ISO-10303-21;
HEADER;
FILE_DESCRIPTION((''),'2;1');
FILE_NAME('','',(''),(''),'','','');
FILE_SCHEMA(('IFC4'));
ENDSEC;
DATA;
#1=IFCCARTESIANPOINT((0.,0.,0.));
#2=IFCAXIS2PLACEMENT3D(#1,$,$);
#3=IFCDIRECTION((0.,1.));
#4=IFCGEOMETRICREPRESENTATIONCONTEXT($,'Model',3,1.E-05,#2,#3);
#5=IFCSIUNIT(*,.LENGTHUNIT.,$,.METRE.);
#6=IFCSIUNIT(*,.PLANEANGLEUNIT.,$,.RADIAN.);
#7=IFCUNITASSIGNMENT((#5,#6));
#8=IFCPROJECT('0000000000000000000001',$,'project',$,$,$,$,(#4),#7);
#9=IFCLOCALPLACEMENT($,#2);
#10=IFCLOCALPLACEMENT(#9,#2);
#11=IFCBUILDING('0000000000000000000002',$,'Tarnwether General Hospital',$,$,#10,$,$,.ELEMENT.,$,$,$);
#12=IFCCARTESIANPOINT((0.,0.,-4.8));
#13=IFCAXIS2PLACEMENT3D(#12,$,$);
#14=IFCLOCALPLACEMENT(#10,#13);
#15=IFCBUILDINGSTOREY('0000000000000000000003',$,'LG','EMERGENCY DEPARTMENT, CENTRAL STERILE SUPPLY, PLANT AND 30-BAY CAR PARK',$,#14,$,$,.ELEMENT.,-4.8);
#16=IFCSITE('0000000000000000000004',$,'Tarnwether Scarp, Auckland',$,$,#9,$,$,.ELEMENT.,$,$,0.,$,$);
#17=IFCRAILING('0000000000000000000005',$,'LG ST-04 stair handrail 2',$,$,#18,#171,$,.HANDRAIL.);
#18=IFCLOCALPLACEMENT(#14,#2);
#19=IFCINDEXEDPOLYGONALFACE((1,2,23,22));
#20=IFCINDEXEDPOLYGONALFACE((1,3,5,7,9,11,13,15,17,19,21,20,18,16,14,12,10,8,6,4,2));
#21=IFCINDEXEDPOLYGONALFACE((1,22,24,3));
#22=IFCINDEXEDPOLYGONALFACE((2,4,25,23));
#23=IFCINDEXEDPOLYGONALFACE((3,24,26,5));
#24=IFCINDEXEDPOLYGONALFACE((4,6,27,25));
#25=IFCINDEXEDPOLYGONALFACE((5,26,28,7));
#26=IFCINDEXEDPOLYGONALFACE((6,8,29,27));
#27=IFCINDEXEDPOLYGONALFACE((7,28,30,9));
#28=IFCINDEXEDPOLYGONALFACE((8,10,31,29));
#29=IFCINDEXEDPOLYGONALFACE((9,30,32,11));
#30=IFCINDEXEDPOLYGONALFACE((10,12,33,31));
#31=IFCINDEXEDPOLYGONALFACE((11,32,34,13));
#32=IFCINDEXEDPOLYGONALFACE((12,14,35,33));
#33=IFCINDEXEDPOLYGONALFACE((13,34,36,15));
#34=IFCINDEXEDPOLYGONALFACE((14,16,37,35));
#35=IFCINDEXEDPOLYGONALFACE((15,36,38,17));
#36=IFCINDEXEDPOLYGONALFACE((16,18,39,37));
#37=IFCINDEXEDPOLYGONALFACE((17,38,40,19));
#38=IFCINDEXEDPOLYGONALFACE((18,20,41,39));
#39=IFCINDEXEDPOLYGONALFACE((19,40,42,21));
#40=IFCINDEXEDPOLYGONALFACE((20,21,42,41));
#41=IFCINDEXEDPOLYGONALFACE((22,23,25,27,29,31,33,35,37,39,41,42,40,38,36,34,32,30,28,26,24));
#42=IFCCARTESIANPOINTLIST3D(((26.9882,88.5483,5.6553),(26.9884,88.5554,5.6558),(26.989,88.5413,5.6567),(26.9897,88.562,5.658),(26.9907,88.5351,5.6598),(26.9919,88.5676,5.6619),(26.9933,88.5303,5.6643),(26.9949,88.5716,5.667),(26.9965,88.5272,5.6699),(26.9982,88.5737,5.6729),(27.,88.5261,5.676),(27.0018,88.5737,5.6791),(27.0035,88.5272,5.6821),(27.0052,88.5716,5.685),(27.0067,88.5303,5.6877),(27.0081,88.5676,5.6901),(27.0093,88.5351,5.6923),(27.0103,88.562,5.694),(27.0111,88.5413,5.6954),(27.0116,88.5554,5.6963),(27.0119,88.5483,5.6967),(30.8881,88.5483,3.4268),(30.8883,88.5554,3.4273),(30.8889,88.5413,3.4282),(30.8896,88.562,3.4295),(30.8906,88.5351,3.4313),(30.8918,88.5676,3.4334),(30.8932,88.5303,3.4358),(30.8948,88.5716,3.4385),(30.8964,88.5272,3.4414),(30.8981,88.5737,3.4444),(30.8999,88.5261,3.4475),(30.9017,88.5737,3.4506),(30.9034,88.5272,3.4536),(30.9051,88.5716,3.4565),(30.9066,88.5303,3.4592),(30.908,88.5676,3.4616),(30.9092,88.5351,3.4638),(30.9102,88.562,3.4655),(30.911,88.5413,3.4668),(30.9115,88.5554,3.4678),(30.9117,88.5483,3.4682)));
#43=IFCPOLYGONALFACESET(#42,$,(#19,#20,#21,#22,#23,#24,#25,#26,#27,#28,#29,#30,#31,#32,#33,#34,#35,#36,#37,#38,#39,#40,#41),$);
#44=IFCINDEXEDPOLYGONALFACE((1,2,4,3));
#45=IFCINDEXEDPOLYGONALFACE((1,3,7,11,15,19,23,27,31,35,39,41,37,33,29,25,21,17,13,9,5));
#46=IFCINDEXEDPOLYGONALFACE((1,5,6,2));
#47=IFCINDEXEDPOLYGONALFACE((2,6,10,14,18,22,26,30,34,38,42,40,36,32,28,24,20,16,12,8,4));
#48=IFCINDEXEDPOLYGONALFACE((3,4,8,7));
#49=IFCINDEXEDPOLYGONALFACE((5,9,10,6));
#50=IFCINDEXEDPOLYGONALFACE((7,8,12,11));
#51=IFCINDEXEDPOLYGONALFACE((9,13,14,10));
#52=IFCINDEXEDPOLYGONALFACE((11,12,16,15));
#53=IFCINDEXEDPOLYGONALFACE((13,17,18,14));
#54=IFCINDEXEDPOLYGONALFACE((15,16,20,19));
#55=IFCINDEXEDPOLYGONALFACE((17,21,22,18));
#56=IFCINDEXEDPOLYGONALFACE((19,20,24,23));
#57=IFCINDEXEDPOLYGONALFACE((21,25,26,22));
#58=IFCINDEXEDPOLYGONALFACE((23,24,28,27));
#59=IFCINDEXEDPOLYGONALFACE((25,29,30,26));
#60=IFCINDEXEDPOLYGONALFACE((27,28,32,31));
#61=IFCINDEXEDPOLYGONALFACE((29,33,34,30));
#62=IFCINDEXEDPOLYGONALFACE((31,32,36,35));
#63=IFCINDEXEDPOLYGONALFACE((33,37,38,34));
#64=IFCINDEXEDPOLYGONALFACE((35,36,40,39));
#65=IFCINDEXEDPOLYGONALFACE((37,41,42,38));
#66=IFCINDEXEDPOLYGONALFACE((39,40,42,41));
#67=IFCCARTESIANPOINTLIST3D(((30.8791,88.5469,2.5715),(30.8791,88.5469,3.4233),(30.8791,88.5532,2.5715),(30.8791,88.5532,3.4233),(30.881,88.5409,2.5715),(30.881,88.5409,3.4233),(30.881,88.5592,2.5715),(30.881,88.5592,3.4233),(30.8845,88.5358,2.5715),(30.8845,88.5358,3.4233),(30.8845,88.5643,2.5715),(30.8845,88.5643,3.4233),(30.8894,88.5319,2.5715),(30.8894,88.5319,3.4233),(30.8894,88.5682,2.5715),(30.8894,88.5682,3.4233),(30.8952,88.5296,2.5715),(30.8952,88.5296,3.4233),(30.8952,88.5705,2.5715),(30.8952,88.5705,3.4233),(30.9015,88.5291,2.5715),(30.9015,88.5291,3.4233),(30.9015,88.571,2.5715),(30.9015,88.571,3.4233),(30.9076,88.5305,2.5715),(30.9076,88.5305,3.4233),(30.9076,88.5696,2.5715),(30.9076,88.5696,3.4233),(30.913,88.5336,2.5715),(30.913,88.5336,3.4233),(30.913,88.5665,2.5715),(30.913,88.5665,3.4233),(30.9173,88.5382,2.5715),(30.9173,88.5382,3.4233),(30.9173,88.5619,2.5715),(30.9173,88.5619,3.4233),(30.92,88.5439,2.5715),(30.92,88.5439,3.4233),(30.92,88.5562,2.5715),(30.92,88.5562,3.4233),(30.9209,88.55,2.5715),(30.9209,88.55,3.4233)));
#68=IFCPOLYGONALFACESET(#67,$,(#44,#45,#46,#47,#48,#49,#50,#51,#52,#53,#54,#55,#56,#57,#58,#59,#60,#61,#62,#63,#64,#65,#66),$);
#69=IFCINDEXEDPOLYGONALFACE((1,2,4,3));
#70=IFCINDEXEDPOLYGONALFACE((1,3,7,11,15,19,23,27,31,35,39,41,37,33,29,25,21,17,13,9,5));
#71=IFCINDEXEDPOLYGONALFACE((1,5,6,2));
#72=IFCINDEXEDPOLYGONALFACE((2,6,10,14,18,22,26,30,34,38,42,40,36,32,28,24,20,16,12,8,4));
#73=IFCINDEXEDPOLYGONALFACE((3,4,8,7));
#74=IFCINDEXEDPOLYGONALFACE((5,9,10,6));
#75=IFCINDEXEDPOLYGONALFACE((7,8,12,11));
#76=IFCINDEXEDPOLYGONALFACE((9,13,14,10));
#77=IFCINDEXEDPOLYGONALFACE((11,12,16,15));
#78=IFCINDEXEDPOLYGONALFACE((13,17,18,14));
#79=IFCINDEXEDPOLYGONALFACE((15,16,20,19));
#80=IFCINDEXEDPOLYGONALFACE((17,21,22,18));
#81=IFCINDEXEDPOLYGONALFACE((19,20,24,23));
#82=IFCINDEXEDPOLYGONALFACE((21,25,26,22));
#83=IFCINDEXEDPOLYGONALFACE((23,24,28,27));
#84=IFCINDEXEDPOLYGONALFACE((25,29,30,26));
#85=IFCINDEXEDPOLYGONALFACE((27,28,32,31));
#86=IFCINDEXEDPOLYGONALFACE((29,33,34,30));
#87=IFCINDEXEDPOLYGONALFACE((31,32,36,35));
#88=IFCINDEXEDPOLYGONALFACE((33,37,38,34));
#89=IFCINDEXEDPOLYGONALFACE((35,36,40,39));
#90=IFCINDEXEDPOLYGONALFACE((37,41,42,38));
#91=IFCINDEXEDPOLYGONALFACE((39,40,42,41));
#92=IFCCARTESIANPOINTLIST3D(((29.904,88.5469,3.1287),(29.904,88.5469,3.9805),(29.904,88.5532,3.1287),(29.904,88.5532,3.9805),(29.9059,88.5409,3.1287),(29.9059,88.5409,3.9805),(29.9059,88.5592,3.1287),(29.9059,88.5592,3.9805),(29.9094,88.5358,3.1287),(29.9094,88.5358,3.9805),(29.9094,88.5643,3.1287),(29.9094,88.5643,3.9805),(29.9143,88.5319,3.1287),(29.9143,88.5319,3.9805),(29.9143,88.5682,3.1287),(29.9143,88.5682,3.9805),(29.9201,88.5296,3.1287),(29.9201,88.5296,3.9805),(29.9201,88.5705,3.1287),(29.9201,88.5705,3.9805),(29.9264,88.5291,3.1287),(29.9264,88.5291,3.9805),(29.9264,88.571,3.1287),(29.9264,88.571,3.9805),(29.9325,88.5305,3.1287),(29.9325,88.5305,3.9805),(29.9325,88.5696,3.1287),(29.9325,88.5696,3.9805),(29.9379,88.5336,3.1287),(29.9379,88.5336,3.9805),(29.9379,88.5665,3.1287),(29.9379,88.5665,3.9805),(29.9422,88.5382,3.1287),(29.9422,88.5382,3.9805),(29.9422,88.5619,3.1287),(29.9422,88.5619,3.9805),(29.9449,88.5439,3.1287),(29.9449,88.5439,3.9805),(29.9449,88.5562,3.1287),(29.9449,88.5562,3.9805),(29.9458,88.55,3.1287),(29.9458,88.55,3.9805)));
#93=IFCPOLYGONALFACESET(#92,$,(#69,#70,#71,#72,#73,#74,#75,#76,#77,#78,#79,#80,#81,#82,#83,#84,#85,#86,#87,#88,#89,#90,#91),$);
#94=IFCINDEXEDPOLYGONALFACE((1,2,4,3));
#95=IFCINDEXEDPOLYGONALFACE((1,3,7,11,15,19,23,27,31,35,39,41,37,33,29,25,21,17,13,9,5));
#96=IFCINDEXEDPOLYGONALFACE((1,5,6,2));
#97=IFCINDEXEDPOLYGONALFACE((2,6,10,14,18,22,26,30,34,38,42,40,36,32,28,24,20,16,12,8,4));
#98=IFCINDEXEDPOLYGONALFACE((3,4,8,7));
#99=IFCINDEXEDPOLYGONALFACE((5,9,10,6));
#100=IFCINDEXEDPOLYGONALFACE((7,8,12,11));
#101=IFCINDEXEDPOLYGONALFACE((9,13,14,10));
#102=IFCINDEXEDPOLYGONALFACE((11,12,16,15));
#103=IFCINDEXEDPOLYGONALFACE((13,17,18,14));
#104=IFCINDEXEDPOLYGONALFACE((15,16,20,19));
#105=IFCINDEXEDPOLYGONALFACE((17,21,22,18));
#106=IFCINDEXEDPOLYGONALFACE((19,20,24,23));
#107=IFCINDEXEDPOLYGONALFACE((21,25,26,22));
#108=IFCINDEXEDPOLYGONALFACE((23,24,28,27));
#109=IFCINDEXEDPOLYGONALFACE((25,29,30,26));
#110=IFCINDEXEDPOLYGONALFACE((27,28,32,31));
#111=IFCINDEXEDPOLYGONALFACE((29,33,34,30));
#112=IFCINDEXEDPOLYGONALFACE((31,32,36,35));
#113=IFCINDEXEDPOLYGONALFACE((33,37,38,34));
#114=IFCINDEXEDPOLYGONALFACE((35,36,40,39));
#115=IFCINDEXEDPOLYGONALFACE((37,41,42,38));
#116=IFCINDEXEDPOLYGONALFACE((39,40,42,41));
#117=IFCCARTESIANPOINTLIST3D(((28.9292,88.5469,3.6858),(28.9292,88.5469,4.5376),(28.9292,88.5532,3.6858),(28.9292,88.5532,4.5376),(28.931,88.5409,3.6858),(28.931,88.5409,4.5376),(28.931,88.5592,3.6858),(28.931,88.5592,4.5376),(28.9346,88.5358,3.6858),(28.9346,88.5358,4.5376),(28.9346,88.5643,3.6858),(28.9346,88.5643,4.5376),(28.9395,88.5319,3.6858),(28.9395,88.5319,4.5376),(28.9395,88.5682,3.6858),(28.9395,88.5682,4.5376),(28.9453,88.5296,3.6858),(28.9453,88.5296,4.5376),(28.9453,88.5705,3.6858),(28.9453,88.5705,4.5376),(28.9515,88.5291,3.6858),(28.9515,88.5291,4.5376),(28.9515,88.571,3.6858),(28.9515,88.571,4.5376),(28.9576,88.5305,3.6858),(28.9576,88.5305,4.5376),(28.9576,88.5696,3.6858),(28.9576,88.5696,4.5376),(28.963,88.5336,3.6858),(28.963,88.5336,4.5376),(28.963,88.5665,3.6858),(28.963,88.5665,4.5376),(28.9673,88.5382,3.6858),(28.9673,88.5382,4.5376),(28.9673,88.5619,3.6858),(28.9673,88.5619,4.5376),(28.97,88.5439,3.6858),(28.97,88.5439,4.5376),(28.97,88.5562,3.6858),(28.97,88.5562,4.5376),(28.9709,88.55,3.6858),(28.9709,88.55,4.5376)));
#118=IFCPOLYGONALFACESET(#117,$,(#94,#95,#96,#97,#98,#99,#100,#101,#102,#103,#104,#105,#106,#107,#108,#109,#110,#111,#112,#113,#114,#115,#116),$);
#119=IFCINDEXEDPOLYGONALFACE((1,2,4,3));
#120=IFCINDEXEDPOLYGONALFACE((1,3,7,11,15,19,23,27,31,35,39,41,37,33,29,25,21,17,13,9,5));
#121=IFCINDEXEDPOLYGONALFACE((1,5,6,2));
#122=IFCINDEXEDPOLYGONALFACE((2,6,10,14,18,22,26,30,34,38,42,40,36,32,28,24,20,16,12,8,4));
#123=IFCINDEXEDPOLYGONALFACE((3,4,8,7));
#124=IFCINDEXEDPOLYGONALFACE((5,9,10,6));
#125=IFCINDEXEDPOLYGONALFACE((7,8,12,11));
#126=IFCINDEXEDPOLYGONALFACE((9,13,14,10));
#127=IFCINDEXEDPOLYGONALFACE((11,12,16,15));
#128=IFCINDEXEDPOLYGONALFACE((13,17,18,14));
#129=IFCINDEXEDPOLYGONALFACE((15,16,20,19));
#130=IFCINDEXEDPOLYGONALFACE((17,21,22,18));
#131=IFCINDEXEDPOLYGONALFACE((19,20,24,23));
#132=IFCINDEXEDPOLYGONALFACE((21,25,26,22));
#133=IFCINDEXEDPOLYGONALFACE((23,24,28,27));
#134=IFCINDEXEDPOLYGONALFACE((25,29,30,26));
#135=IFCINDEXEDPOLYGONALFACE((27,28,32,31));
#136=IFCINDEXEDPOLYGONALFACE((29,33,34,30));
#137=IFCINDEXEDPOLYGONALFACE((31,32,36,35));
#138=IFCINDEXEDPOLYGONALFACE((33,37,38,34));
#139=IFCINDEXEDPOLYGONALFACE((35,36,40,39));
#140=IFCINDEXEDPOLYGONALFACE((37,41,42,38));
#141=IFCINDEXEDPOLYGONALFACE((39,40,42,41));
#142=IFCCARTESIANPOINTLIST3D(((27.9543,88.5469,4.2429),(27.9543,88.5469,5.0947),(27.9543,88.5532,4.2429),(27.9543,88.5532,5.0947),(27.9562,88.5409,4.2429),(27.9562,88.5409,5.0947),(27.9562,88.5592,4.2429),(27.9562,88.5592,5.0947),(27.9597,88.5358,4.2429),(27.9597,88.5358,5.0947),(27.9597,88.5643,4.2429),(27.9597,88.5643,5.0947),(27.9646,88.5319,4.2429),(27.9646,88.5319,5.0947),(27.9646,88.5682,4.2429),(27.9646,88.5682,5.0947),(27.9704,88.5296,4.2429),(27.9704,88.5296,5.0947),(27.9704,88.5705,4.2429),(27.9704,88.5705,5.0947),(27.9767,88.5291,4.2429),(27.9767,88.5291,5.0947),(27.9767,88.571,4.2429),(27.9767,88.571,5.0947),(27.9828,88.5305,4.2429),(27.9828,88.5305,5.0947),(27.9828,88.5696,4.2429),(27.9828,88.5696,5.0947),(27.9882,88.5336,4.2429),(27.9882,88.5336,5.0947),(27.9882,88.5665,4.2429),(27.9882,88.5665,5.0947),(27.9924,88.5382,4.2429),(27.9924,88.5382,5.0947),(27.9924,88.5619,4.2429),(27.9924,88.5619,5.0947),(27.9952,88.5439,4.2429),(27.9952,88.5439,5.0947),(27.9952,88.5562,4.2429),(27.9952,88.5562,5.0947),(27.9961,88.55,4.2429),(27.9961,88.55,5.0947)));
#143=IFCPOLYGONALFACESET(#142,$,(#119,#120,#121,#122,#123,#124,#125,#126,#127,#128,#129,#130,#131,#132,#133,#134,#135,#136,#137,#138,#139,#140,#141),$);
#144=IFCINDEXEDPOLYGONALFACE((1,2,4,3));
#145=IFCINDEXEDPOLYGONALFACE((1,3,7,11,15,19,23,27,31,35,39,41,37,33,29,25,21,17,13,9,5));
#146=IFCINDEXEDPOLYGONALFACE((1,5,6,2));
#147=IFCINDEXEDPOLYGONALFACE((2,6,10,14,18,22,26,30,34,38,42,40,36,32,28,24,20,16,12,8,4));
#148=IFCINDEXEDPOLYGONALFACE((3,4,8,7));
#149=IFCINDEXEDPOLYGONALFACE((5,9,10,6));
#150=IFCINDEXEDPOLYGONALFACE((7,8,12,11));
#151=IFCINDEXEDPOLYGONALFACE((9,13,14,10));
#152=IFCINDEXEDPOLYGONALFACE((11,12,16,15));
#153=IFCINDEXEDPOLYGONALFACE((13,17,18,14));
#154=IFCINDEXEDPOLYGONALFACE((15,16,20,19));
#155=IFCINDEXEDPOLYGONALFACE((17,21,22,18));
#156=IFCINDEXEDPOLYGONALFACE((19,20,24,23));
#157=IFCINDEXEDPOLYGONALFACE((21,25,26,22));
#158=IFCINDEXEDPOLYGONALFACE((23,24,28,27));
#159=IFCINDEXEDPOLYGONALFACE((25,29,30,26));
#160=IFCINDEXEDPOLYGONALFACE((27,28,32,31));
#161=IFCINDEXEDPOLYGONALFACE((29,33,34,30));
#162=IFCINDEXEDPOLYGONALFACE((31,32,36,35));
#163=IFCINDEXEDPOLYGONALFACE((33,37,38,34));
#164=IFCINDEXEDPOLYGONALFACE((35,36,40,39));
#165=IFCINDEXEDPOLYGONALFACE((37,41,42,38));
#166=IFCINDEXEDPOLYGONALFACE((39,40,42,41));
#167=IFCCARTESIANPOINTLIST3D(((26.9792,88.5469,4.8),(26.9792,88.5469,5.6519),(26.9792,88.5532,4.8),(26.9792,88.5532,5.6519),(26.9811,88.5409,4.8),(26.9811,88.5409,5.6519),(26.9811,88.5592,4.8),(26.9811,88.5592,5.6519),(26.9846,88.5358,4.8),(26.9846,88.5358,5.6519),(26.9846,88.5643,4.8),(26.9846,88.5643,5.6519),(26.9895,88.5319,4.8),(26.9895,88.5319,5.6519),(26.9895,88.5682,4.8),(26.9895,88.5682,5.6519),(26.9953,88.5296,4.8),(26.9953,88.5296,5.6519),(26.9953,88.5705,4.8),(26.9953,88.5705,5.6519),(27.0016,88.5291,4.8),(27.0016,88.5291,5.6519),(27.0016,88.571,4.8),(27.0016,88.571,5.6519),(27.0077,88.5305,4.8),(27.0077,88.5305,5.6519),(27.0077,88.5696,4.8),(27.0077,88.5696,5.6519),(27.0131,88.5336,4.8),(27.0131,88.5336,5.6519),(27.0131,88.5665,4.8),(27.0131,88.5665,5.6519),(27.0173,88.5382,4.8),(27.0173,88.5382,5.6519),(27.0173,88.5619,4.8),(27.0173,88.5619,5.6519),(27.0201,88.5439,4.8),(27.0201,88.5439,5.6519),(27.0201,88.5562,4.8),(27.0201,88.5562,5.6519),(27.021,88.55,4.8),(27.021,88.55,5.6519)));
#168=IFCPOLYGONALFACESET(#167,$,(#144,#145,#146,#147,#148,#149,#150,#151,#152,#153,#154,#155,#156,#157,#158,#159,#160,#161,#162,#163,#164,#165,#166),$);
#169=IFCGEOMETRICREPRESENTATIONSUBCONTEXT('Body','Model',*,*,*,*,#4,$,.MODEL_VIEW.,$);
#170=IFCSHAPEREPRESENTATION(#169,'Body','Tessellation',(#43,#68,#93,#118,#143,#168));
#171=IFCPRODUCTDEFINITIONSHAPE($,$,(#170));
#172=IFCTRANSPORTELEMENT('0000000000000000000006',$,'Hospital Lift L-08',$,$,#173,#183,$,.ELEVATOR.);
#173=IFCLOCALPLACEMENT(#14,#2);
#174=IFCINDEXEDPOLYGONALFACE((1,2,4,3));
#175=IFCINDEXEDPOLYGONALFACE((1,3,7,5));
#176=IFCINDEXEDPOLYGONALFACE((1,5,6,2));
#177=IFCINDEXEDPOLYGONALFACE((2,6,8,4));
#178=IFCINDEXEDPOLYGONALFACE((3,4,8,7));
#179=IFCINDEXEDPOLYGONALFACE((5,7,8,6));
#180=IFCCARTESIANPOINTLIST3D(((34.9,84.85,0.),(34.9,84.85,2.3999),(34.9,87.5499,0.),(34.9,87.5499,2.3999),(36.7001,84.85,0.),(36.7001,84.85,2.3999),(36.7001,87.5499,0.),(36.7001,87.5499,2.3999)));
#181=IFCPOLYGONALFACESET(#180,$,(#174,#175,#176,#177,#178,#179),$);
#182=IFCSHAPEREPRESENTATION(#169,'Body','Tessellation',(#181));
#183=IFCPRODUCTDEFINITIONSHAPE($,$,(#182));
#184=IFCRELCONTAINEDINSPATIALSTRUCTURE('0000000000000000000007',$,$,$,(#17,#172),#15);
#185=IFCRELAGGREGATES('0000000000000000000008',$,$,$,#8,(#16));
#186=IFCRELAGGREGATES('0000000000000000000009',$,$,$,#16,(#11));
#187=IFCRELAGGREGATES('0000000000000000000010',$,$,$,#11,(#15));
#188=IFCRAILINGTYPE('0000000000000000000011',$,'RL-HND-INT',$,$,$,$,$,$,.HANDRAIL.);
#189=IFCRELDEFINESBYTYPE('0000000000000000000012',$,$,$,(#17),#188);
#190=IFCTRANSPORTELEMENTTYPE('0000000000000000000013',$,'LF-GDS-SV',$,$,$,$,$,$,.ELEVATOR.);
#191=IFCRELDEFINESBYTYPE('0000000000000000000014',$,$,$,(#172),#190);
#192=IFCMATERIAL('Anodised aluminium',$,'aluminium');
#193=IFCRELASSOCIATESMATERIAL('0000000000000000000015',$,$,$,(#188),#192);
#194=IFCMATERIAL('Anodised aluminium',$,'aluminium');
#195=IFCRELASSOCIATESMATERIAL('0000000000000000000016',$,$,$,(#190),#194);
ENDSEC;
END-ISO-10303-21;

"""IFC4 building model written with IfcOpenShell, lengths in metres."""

from ifc_helpers import new_model, si_unit, direction, frame, origin, origin_2d, place, context, subcontext, project, spatial, rectangle, circle, extrude, material, type_object, element, save


model = new_model("IFC4")

# Units and contexts
model_context = context("Model", 3, precision=1e-05, world=origin(), true_north=direction((0.0, 1.0)))
body_context = subcontext(model_context, "Body", "Model", "MODEL_VIEW")
ifc_project = project(units=[si_unit("LENGTHUNIT", "METRE"), si_unit("PLANEANGLEUNIT", "RADIAN")], contexts=[model_context])

# Site, building, storey
site_placement = place(None, origin())
site = spatial("IfcSite", under=ifc_project, at=site_placement, Name="Tarnwether Scarp, Auckland", CompositionType="ELEMENT", RefElevation=0.0)
building_placement = place(site_placement, origin())
building = spatial("IfcBuilding", under=site, at=building_placement, Name="Tarnwether General Hospital", CompositionType="ELEMENT")
storey_placement = place(building_placement, frame((0.0, 0.0, -4.8)))
storey = spatial("IfcBuildingStorey", under=building, at=storey_placement, Name="LG", Description="EMERGENCY DEPARTMENT, CENTRAL STERILE SUPPLY, PLANT AND 30-BAY CAR PARK", CompositionType="ELEMENT", Elevation=-4.8)

# Railing
ifc_material_1 = material(Name="Anodised aluminium", Category="aluminium")
railing_type_1 = type_object("IfcRailingType", Name="RL-HND-INT", PredefinedType="HANDRAIL", material=ifc_material_1)
railing_1_placement = place(storey_placement, frame((30.8999, 88.55, 2.5715)))
element("IfcRailing", 1, at=railing_1_placement, inside=storey, type_object=railing_type_1, Name="LG ST-04 stair handrail 2", PredefinedType="HANDRAIL", context=body_context, shape_type="SweptSolid", body=[
    extrude(circle(Radius=0.0239, at=origin_2d()), frame((0.0, 0.0, 0.876), z_axis=(-0.868243, 0.0, 0.496139), x_axis=(0.0, -1.0, 0.0)), (0.0, 0.0, 1.0), 4.4917),
    extrude(circle(Radius=0.021, at=origin_2d()), origin(), (0.0, 0.0, 1.0), 0.8518),
    extrude(circle(Radius=0.021, at=origin_2d()), frame((-0.9751, 0.0, 0.5571)), (0.0, 0.0, 1.0), 0.8518),
    extrude(circle(Radius=0.021, at=origin_2d()), frame((-1.95, 0.0, 1.1143)), (0.0, 0.0, 1.0), 0.8518),
    extrude(circle(Radius=0.021, at=origin_2d()), frame((-2.9248, 0.0, 1.6714)), (0.0, 0.0, 1.0), 0.8518),
    extrude(circle(Radius=0.021, at=origin_2d()), frame((-3.8999, 0.0, 2.2285)), (0.0, 0.0, 1.0), 0.8518),
])

# Transport element
ifc_material_2 = material(Name="Anodised aluminium", Category="aluminium")
transport_element_type = type_object("IfcTransportElementType", Name="LF-GDS-SV", PredefinedType="ELEVATOR", material=ifc_material_2)
transport_element_placement = place(storey_placement, frame((35.8, 86.2, 0.0), z_axis=(0.0, 0.0, 1.0), x_axis=(1.0, 0.0, 0.0)))
element("IfcTransportElement", 2, at=transport_element_placement, inside=storey, type_object=transport_element_type, Name="Hospital Lift L-08", PredefinedType="ELEVATOR", context=body_context, shape_type="SweptSolid", body=[
    extrude(rectangle(XDim=1.8, YDim=2.7, at=origin_2d()), origin(), (0.0, 0.0, 1.0), 2.3999),
])

save(model, "model.ifc")
